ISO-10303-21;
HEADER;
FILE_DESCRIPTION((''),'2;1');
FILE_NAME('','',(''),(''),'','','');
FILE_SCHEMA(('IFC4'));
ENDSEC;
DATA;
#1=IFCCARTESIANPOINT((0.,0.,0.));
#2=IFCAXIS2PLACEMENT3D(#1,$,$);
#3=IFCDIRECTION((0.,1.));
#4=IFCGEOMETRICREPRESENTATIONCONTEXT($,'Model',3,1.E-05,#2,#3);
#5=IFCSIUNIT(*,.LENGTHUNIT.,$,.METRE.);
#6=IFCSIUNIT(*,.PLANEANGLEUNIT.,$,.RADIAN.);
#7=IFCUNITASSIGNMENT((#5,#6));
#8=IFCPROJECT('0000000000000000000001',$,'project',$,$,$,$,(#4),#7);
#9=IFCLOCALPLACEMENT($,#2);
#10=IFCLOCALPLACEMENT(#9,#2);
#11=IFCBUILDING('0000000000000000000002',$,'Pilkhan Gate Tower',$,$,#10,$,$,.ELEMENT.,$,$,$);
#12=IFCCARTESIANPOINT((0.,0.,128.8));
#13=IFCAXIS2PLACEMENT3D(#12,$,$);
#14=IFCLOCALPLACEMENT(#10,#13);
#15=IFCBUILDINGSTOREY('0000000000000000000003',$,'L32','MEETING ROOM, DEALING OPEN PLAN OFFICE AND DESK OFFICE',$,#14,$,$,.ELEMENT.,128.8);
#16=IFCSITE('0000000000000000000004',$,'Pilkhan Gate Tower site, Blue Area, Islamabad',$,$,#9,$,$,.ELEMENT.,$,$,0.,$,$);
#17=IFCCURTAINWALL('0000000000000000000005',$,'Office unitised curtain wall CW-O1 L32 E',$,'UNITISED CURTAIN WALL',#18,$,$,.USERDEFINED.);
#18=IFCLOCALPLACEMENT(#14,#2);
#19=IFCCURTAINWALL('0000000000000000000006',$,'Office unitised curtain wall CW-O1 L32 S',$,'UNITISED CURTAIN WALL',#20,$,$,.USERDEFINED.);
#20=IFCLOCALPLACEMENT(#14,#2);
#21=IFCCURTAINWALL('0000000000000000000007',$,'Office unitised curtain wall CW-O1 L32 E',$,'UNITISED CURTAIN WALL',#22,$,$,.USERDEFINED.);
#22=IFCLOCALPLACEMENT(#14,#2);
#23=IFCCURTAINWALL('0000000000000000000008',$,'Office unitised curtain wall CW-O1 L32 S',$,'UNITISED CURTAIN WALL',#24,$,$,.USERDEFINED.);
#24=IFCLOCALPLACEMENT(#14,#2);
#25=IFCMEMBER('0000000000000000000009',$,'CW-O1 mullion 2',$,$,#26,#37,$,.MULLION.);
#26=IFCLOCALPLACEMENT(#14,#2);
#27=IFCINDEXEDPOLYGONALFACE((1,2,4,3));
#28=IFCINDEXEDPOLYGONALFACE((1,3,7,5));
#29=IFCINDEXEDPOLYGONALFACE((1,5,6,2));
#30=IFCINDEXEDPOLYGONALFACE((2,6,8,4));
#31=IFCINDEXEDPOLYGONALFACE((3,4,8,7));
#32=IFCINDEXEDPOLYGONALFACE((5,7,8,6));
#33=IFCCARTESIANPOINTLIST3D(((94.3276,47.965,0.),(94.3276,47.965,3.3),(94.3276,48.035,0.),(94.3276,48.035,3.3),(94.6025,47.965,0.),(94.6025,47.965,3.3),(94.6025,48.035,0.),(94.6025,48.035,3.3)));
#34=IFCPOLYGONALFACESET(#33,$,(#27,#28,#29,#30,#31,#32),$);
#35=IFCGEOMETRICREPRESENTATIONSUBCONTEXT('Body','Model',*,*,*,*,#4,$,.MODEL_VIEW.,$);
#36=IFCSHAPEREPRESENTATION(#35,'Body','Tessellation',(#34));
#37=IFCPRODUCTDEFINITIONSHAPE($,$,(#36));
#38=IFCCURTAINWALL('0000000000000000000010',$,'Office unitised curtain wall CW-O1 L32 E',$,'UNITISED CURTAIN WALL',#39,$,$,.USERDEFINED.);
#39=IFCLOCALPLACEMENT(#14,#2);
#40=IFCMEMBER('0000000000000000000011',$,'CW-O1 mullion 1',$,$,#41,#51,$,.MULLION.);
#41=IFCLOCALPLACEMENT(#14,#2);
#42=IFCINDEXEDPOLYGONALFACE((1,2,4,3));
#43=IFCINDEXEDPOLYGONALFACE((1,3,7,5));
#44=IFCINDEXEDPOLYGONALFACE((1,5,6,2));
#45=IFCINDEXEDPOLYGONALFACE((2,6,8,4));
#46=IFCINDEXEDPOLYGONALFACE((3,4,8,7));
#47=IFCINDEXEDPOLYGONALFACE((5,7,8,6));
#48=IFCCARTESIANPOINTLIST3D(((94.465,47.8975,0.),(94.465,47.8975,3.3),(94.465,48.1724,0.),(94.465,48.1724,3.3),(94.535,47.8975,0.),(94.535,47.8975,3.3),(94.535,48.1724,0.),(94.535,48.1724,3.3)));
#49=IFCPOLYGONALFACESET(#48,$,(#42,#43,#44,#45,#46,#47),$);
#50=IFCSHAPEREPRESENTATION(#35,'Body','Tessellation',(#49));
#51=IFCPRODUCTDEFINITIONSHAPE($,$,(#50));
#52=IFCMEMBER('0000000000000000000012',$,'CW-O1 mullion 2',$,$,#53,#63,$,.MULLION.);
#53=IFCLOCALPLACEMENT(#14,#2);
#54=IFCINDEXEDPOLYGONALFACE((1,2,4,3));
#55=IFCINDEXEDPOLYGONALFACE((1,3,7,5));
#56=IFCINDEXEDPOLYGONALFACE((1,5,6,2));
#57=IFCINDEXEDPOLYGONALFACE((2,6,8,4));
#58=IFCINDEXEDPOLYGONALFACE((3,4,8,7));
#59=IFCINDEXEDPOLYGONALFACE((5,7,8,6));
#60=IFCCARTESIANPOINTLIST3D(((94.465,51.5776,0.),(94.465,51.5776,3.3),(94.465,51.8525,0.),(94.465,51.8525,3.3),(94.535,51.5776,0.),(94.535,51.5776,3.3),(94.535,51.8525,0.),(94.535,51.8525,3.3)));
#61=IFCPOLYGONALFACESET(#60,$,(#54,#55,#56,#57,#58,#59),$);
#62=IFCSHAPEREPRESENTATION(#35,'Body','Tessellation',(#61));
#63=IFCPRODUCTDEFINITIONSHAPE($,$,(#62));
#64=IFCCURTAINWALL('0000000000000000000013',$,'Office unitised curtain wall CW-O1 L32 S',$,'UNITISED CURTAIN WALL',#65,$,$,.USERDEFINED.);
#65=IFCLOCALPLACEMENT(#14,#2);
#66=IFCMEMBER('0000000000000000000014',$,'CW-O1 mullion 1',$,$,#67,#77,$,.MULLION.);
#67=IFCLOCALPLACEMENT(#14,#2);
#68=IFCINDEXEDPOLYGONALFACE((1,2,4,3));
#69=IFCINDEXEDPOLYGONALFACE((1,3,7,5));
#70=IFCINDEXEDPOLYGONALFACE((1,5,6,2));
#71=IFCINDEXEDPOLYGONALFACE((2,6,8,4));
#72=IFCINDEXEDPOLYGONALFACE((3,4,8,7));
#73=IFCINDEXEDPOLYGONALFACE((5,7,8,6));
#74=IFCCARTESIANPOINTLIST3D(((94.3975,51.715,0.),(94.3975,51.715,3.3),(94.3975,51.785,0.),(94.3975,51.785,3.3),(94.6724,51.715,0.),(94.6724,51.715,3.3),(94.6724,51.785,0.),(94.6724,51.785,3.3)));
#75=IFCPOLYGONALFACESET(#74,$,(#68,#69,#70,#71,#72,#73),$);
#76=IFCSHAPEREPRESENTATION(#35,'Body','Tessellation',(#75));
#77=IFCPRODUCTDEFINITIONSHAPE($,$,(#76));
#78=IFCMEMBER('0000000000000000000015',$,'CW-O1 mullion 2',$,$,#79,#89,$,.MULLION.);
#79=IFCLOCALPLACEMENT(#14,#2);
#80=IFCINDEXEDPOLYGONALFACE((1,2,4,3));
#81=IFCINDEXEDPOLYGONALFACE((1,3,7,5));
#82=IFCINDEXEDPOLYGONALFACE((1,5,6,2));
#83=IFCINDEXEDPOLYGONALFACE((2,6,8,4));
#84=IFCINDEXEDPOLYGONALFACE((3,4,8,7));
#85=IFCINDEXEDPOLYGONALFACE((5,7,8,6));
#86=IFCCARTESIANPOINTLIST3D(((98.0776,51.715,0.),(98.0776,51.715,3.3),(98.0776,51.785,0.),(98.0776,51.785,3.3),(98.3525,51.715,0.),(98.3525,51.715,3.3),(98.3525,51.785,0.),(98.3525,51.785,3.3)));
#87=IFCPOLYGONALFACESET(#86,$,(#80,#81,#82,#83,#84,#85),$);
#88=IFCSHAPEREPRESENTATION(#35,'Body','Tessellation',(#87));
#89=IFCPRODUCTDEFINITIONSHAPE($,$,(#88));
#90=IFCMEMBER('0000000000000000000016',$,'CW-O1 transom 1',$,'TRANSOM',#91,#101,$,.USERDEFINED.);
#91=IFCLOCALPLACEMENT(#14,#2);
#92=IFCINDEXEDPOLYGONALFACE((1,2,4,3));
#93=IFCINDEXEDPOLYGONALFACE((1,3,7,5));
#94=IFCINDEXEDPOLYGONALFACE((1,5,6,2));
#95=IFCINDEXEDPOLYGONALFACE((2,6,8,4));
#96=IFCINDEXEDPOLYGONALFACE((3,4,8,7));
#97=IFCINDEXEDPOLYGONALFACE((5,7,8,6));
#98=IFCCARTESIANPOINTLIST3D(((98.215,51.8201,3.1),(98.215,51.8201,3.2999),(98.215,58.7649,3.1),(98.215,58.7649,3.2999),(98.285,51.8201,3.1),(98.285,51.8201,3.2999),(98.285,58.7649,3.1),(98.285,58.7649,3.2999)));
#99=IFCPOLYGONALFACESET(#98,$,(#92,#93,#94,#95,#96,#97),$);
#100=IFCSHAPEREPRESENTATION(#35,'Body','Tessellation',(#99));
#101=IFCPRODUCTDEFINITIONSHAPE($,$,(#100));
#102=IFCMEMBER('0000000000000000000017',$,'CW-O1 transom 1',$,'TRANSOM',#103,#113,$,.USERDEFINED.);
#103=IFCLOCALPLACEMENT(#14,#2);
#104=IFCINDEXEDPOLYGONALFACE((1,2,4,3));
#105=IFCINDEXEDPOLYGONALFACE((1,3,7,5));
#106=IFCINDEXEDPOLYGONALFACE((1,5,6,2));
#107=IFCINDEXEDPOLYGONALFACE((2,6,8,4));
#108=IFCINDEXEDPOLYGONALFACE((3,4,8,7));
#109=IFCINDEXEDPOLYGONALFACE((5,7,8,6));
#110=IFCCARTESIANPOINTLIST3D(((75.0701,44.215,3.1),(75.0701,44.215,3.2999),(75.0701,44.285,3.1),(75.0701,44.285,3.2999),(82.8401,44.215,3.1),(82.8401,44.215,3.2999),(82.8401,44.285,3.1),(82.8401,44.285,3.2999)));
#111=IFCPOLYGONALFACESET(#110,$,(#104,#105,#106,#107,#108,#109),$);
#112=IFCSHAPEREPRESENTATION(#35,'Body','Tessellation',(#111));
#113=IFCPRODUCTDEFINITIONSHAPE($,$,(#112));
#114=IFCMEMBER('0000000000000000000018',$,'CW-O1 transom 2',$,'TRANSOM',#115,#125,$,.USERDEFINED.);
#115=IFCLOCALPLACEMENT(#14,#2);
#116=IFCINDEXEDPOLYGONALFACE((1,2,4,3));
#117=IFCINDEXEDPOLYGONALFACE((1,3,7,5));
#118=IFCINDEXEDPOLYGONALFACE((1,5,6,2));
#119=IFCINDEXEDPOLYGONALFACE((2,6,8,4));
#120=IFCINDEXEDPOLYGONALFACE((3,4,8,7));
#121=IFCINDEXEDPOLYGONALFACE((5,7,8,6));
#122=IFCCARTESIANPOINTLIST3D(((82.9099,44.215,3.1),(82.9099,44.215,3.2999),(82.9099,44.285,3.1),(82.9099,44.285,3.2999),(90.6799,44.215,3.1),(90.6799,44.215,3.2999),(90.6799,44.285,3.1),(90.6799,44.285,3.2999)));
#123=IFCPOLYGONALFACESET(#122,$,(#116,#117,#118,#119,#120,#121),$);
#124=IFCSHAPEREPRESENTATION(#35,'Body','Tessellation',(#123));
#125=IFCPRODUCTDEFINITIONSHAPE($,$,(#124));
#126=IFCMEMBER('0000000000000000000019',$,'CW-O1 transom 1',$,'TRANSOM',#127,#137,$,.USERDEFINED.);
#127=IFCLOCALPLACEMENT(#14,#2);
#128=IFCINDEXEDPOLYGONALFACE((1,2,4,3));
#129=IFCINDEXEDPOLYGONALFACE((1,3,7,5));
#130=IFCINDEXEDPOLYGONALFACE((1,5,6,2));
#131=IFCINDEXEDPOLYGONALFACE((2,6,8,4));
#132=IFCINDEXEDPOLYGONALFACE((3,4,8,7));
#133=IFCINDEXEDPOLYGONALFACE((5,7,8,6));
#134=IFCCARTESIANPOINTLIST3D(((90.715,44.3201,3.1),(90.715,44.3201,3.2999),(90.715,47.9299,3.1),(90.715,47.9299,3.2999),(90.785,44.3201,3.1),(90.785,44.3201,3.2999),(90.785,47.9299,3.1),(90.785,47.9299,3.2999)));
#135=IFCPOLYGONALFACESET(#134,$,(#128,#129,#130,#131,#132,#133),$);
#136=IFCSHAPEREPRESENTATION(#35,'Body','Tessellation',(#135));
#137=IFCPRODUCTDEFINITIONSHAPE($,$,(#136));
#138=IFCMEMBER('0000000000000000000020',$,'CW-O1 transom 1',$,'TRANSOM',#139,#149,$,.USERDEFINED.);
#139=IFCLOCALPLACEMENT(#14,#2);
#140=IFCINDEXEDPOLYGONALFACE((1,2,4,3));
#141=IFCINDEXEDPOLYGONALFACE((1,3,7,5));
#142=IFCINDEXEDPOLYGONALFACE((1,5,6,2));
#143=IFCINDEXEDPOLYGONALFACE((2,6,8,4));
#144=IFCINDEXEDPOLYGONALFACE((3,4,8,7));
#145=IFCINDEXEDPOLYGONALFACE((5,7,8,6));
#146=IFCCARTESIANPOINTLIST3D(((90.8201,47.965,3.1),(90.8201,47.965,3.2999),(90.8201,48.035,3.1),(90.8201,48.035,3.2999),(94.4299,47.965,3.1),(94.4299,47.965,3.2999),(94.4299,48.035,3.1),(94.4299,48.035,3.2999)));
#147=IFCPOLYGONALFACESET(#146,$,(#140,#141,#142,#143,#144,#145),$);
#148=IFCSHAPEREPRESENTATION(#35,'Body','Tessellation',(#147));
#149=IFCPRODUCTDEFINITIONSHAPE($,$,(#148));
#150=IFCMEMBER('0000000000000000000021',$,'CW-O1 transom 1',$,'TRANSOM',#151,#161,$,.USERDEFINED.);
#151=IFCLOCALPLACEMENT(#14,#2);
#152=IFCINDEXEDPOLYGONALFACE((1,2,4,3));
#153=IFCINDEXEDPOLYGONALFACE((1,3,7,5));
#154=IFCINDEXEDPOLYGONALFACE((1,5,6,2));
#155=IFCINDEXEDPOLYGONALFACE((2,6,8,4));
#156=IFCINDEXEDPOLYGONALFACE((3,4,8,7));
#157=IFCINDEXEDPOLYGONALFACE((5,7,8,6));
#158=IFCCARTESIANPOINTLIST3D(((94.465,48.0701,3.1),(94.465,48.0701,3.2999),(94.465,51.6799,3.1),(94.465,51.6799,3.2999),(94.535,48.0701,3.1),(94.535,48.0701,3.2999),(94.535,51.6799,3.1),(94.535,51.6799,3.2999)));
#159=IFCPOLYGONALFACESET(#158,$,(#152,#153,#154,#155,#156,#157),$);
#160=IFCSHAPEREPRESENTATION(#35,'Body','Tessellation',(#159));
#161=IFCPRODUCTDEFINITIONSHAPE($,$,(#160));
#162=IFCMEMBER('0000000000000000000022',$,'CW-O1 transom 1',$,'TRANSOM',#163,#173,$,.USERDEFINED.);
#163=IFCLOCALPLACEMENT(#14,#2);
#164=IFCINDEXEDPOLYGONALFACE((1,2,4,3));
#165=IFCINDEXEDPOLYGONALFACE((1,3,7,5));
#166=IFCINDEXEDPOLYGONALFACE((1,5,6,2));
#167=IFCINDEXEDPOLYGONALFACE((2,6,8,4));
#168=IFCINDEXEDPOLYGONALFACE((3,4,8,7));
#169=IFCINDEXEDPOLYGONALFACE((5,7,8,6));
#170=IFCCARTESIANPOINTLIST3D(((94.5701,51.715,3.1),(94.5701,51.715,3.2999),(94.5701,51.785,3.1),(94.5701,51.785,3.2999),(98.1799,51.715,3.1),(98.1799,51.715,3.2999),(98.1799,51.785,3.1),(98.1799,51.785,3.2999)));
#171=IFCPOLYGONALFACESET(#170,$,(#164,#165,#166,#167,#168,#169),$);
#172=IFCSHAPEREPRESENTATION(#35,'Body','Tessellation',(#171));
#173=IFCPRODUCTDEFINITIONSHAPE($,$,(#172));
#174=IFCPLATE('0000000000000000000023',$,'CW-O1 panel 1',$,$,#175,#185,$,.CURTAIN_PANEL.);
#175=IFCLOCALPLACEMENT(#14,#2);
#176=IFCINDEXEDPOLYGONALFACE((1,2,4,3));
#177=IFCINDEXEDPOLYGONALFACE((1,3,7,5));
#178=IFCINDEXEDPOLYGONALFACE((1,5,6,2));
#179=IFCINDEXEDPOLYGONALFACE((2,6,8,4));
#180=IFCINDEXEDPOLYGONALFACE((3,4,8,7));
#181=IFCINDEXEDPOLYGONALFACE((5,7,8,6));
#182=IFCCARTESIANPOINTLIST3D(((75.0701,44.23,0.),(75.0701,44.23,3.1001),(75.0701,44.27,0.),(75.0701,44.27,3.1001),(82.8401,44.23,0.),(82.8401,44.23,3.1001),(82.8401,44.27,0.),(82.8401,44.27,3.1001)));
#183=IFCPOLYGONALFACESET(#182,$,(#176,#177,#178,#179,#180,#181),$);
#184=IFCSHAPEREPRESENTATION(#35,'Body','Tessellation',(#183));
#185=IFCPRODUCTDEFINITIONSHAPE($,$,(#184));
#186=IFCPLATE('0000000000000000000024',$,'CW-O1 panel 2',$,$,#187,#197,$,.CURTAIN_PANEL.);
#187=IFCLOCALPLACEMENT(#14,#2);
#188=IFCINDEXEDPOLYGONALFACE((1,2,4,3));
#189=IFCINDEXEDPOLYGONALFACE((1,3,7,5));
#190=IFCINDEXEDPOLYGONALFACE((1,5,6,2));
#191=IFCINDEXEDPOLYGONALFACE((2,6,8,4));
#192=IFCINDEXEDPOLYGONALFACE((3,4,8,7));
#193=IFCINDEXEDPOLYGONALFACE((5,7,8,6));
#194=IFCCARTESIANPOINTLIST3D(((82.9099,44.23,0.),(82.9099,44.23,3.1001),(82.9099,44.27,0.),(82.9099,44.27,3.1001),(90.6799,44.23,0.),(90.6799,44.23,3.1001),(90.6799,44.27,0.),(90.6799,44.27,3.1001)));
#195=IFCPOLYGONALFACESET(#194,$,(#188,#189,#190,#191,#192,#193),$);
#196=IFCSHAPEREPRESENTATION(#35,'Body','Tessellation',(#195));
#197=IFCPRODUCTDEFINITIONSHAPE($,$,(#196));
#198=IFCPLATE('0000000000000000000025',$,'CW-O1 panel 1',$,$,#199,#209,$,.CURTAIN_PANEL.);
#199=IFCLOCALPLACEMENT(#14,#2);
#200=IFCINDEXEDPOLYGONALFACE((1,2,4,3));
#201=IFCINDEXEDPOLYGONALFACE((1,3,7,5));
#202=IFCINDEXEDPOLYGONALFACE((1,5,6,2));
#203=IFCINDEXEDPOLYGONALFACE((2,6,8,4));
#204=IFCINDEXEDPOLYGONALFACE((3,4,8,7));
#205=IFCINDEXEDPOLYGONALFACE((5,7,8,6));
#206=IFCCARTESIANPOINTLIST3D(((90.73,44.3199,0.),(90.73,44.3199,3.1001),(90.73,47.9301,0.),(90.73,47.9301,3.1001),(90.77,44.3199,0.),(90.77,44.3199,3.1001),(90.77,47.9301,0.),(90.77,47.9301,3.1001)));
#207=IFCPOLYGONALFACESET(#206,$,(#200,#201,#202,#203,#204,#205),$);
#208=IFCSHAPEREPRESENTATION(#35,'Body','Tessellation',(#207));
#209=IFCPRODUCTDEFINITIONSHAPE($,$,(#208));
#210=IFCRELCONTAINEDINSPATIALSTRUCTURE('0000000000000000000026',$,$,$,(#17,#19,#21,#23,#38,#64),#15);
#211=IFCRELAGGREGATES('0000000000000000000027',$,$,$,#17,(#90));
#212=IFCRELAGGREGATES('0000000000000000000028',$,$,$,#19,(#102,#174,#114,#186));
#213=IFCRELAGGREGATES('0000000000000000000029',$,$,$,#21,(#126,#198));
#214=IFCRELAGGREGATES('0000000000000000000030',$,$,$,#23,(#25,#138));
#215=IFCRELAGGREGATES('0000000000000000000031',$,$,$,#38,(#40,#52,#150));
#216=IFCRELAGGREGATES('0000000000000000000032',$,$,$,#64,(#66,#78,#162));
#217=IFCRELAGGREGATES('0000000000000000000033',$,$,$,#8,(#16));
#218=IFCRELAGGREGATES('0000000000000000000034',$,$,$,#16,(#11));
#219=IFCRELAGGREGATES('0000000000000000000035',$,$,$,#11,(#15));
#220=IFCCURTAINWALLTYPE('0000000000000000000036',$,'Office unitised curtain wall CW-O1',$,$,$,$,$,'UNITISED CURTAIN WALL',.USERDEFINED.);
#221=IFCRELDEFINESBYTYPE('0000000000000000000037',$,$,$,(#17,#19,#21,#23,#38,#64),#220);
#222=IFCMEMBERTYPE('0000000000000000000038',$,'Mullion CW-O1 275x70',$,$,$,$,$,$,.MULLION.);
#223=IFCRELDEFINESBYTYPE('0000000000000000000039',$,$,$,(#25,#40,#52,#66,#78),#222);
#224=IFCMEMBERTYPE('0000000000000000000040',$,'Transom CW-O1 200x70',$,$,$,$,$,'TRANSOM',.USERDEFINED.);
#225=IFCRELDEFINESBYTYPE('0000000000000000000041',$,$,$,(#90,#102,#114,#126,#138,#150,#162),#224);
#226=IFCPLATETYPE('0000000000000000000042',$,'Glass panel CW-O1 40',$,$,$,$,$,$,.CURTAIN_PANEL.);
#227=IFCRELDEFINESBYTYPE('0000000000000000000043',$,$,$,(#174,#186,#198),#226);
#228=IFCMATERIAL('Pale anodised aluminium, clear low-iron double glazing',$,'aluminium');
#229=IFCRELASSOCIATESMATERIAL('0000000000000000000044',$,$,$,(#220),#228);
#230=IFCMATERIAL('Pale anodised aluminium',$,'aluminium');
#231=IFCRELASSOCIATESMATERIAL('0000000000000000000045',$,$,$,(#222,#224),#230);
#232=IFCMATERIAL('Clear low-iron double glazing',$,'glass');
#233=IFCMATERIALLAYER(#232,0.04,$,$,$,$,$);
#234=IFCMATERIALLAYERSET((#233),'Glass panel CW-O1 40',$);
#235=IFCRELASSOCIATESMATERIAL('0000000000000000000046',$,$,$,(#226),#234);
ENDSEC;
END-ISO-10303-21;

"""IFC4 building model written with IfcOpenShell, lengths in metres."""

from ifc_helpers import new_model, si_unit, direction, frame, origin, origin_2d, place, context, subcontext, project, spatial, rectangle, extrude, material, layer, layer_set, material_profile, profile_set, type_object, element, aggregate, save


model = new_model("IFC4")

# Units and contexts
model_context = context("Model", 3, precision=1e-05, world=origin(), true_north=direction((0.0, 1.0)))
body_context = subcontext(model_context, "Body", "Model", "MODEL_VIEW")
ifc_project = project(units=[si_unit("LENGTHUNIT", "METRE"), si_unit("PLANEANGLEUNIT", "RADIAN")], contexts=[model_context])

# Site, building, storey
site_placement = place(None, origin())
site = spatial("IfcSite", under=ifc_project, at=site_placement, Name="Pilkhan Gate Tower site, Blue Area, Islamabad", CompositionType="ELEMENT", RefElevation=0.0)
building_placement = place(site_placement, origin())
building = spatial("IfcBuilding", under=site, at=building_placement, Name="Pilkhan Gate Tower", CompositionType="ELEMENT")
storey_placement = place(building_placement, frame((0.0, 0.0, 128.8)))
storey = spatial("IfcBuildingStorey", under=building, at=storey_placement, Name="L32", Description="MEETING ROOM, DEALING OPEN PLAN OFFICE AND DESK OFFICE", CompositionType="ELEMENT", Elevation=128.8)

# Curtain wall
ifc_material_1 = material(Name="Pale anodised aluminium, clear low-iron double glazing", Category="aluminium")
curtain_wall_type = type_object("IfcCurtainWallType", Name="Office unitised curtain wall CW-O1", ElementType="UNITISED CURTAIN WALL", PredefinedType="USERDEFINED", material=ifc_material_1)
curtain_wall_1_placement = place(storey_placement, origin())
curtain_wall_1 = element("IfcCurtainWall", 1, at=curtain_wall_1_placement, inside=storey, type_object=curtain_wall_type, Name="Office unitised curtain wall CW-O1 L32 E", ObjectType="UNITISED CURTAIN WALL", PredefinedType="USERDEFINED")
ifc_material_2 = material(Name="Pale anodised aluminium", Category="aluminium")
ifc_material_profile_1 = material_profile(ifc_material_2, rectangle(XDim=0.0701, YDim=0.2749, at=origin_2d()), Name="Mullion 275x70")
ifc_profile_set_1 = profile_set([ifc_material_profile_1], Name="Pale anodised aluminium")
member_type_1 = type_object("IfcMemberType", Name="Mullion CW-O1 275x70", PredefinedType="MULLION", material=ifc_profile_set_1)

# Curtain walls, members
curtain_wall_2_placement = place(storey_placement, origin())
curtain_wall_2 = element("IfcCurtainWall", 2, at=curtain_wall_2_placement, inside=storey, type_object=curtain_wall_type, Name="Office unitised curtain wall CW-O1 L32 S", ObjectType="UNITISED CURTAIN WALL", PredefinedType="USERDEFINED")
curtain_wall_3_placement = place(storey_placement, origin())
curtain_wall_3 = element("IfcCurtainWall", 3, at=curtain_wall_3_placement, inside=storey, type_object=curtain_wall_type, Name="Office unitised curtain wall CW-O1 L32 E", ObjectType="UNITISED CURTAIN WALL", PredefinedType="USERDEFINED")
curtain_wall_4_placement = place(storey_placement, origin())
curtain_wall_4 = element("IfcCurtainWall", 4, at=curtain_wall_4_placement, inside=storey, type_object=curtain_wall_type, Name="Office unitised curtain wall CW-O1 L32 S", ObjectType="UNITISED CURTAIN WALL", PredefinedType="USERDEFINED")
member_1_placement = place(storey_placement, frame((94.4651, 48.0, 0.0), z_axis=(0.0, 0.0, 1.0), x_axis=(0.0, 1.0, 0.0)))
member_1 = element("IfcMember", 5, at=member_1_placement, type_object=member_type_1, Name="CW-O1 mullion 2", PredefinedType="MULLION", context=body_context, shape_type="SweptSolid", body=[
    extrude(rectangle(XDim=0.0701, YDim=0.2749, at=origin_2d()), origin(), (0.0, 0.0, 1.0), 3.3),
])
curtain_wall_5_placement = place(storey_placement, origin())
curtain_wall_5 = element("IfcCurtainWall", 6, at=curtain_wall_5_placement, inside=storey, type_object=curtain_wall_type, Name="Office unitised curtain wall CW-O1 L32 E", ObjectType="UNITISED CURTAIN WALL", PredefinedType="USERDEFINED")
member_2_placement = place(storey_placement, frame((94.5, 48.0349, 0.0), z_axis=(0.0, 0.0, 1.0), x_axis=(-1.0, 0.0, 0.0)))
member_2 = element("IfcMember", 7, at=member_2_placement, type_object=member_type_1, Name="CW-O1 mullion 1", PredefinedType="MULLION", context=body_context, shape_type="SweptSolid", body=[
    extrude(rectangle(XDim=0.0701, YDim=0.2749, at=origin_2d()), origin(), (0.0, 0.0, 1.0), 3.3),
])
member_3_placement = place(storey_placement, frame((94.5, 51.7151, 0.0), z_axis=(0.0, 0.0, 1.0), x_axis=(-1.0, 0.0, 0.0)))
member_3 = element("IfcMember", 8, at=member_3_placement, type_object=member_type_1, Name="CW-O1 mullion 2", PredefinedType="MULLION", context=body_context, shape_type="SweptSolid", body=[
    extrude(rectangle(XDim=0.0701, YDim=0.2749, at=origin_2d()), origin(), (0.0, 0.0, 1.0), 3.3),
])
curtain_wall_6_placement = place(storey_placement, origin())
curtain_wall_6 = element("IfcCurtainWall", 9, at=curtain_wall_6_placement, inside=storey, type_object=curtain_wall_type, Name="Office unitised curtain wall CW-O1 L32 S", ObjectType="UNITISED CURTAIN WALL", PredefinedType="USERDEFINED")
member_4_placement = place(storey_placement, frame((94.5349, 51.75, 0.0), z_axis=(0.0, 0.0, 1.0), x_axis=(0.0, 1.0, 0.0)))
member_4 = element("IfcMember", 10, at=member_4_placement, type_object=member_type_1, Name="CW-O1 mullion 1", PredefinedType="MULLION", context=body_context, shape_type="SweptSolid", body=[
    extrude(rectangle(XDim=0.0701, YDim=0.2749, at=origin_2d()), origin(), (0.0, 0.0, 1.0), 3.3),
])
member_5_placement = place(storey_placement, frame((98.2151, 51.75, 0.0), z_axis=(0.0, 0.0, 1.0), x_axis=(0.0, 1.0, 0.0)))
member_5 = element("IfcMember", 11, at=member_5_placement, type_object=member_type_1, Name="CW-O1 mullion 2", PredefinedType="MULLION", context=body_context, shape_type="SweptSolid", body=[
    extrude(rectangle(XDim=0.0701, YDim=0.2749, at=origin_2d()), origin(), (0.0, 0.0, 1.0), 3.3),
])

# Members
ifc_material_profile_2 = material_profile(ifc_material_2, rectangle(XDim=0.0701, YDim=0.2, at=origin_2d()), Name="Transom 200x70")
ifc_profile_set_2 = profile_set([ifc_material_profile_2], Name="Pale anodised aluminium")
member_type_2 = type_object("IfcMemberType", Name="Transom CW-O1 200x70", ElementType="TRANSOM", PredefinedType="USERDEFINED", material=ifc_profile_set_2)
member_6_placement = place(storey_placement, frame((98.25, 51.8201, 3.2), z_axis=(0.0, 1.0, 0.0), x_axis=(-1.0, 0.0, 0.0)))
member_6 = element("IfcMember", 12, at=member_6_placement, type_object=member_type_2, Name="CW-O1 transom 1", ObjectType="TRANSOM", PredefinedType="USERDEFINED", context=body_context, shape_type="SweptSolid", body=[
    extrude(rectangle(XDim=0.0701, YDim=0.2, at=origin_2d()), origin(), (0.0, 0.0, 1.0), 6.9448),
])
aggregate(curtain_wall_1, [member_6])
member_7_placement = place(storey_placement, frame((75.0701, 44.25, 3.2), z_axis=(1.0, 0.0, 0.0), x_axis=(0.0, 1.0, 0.0)))
member_7 = element("IfcMember", 13, at=member_7_placement, type_object=member_type_2, Name="CW-O1 transom 1", ObjectType="TRANSOM", PredefinedType="USERDEFINED", context=body_context, shape_type="SweptSolid", body=[
    extrude(rectangle(XDim=0.0701, YDim=0.2, at=origin_2d()), origin(), (0.0, 0.0, 1.0), 7.77),
])
member_8_placement = place(storey_placement, frame((82.9099, 44.25, 3.2), z_axis=(1.0, 0.0, 0.0), x_axis=(0.0, 1.0, 0.0)))
member_8 = element("IfcMember", 14, at=member_8_placement, type_object=member_type_2, Name="CW-O1 transom 2", ObjectType="TRANSOM", PredefinedType="USERDEFINED", context=body_context, shape_type="SweptSolid", body=[
    extrude(rectangle(XDim=0.0701, YDim=0.2, at=origin_2d()), origin(), (0.0, 0.0, 1.0), 7.77),
])
member_9_placement = place(storey_placement, frame((90.75, 44.3201, 3.2), z_axis=(0.0, 1.0, 0.0), x_axis=(-1.0, 0.0, 0.0)))
member_9 = element("IfcMember", 15, at=member_9_placement, type_object=member_type_2, Name="CW-O1 transom 1", ObjectType="TRANSOM", PredefinedType="USERDEFINED", context=body_context, shape_type="SweptSolid", body=[
    extrude(rectangle(XDim=0.0701, YDim=0.2, at=origin_2d()), origin(), (0.0, 0.0, 1.0), 3.6099),
])
member_10_placement = place(storey_placement, frame((90.8201, 48.0, 3.2), z_axis=(1.0, 0.0, 0.0), x_axis=(0.0, 1.0, 0.0)))
member_10 = element("IfcMember", 16, at=member_10_placement, type_object=member_type_2, Name="CW-O1 transom 1", ObjectType="TRANSOM", PredefinedType="USERDEFINED", context=body_context, shape_type="SweptSolid", body=[
    extrude(rectangle(XDim=0.0701, YDim=0.2, at=origin_2d()), origin(), (0.0, 0.0, 1.0), 3.6099),
])
member_11_placement = place(storey_placement, frame((94.5, 48.0701, 3.2), z_axis=(0.0, 1.0, 0.0), x_axis=(-1.0, 0.0, 0.0)))
member_11 = element("IfcMember", 17, at=member_11_placement, type_object=member_type_2, Name="CW-O1 transom 1", ObjectType="TRANSOM", PredefinedType="USERDEFINED", context=body_context, shape_type="SweptSolid", body=[
    extrude(rectangle(XDim=0.0701, YDim=0.2, at=origin_2d()), origin(), (0.0, 0.0, 1.0), 3.6099),
])
member_12_placement = place(storey_placement, frame((94.5701, 51.75, 3.2), z_axis=(1.0, 0.0, 0.0), x_axis=(0.0, 1.0, 0.0)))
member_12 = element("IfcMember", 18, at=member_12_placement, type_object=member_type_2, Name="CW-O1 transom 1", ObjectType="TRANSOM", PredefinedType="USERDEFINED", context=body_context, shape_type="SweptSolid", body=[
    extrude(rectangle(XDim=0.0701, YDim=0.2, at=origin_2d()), origin(), (0.0, 0.0, 1.0), 3.6099),
])

# Plates
ifc_material_3 = material(Name="Clear low-iron double glazing", Category="glass")
ifc_layer_1 = layer(ifc_material_3, 0.04)
ifc_layer_set_1 = layer_set([ifc_layer_1], Name="Glass panel CW-O1 40")
plate_type = type_object("IfcPlateType", Name="Glass panel CW-O1 40", PredefinedType="CURTAIN_PANEL", material=ifc_layer_set_1)
plate_1_placement = place(storey_placement, frame((78.9551, 44.25, 0.0), z_axis=(0.0, 0.0, 1.0), x_axis=(1.0, 0.0, 0.0)))
plate_1 = element("IfcPlate", 19, at=plate_1_placement, type_object=plate_type, Name="CW-O1 panel 1", PredefinedType="CURTAIN_PANEL", context=body_context, shape_type="SweptSolid", body=[
    extrude(rectangle(XDim=7.77, YDim=0.04, at=origin_2d()), origin(), (0.0, 0.0, 1.0), 3.1001),
])
plate_2_placement = place(storey_placement, frame((86.7949, 44.25, 0.0), z_axis=(0.0, 0.0, 1.0), x_axis=(1.0, 0.0, 0.0)))
plate_2 = element("IfcPlate", 20, at=plate_2_placement, type_object=plate_type, Name="CW-O1 panel 2", PredefinedType="CURTAIN_PANEL", context=body_context, shape_type="SweptSolid", body=[
    extrude(rectangle(XDim=7.77, YDim=0.04, at=origin_2d()), origin(), (0.0, 0.0, 1.0), 3.1001),
])
aggregate(curtain_wall_2, [member_7, plate_1, member_8, plate_2])
plate_3_placement = place(storey_placement, frame((90.75, 46.125, 0.0), z_axis=(0.0, 0.0, 1.0), x_axis=(0.0, 1.0, 0.0)))
plate_3 = element("IfcPlate", 21, at=plate_3_placement, type_object=plate_type, Name="CW-O1 panel 1", PredefinedType="CURTAIN_PANEL", context=body_context, shape_type="SweptSolid", body=[
    extrude(rectangle(XDim=3.6101, YDim=0.04, at=origin_2d()), origin(), (0.0, 0.0, 1.0), 3.1001),
])
aggregate(curtain_wall_3, [member_9, plate_3])
aggregate(curtain_wall_4, [member_1, member_10])
aggregate(curtain_wall_5, [member_2, member_3, member_11])
aggregate(curtain_wall_6, [member_4, member_5, member_12])

save(model, "model.ifc")
